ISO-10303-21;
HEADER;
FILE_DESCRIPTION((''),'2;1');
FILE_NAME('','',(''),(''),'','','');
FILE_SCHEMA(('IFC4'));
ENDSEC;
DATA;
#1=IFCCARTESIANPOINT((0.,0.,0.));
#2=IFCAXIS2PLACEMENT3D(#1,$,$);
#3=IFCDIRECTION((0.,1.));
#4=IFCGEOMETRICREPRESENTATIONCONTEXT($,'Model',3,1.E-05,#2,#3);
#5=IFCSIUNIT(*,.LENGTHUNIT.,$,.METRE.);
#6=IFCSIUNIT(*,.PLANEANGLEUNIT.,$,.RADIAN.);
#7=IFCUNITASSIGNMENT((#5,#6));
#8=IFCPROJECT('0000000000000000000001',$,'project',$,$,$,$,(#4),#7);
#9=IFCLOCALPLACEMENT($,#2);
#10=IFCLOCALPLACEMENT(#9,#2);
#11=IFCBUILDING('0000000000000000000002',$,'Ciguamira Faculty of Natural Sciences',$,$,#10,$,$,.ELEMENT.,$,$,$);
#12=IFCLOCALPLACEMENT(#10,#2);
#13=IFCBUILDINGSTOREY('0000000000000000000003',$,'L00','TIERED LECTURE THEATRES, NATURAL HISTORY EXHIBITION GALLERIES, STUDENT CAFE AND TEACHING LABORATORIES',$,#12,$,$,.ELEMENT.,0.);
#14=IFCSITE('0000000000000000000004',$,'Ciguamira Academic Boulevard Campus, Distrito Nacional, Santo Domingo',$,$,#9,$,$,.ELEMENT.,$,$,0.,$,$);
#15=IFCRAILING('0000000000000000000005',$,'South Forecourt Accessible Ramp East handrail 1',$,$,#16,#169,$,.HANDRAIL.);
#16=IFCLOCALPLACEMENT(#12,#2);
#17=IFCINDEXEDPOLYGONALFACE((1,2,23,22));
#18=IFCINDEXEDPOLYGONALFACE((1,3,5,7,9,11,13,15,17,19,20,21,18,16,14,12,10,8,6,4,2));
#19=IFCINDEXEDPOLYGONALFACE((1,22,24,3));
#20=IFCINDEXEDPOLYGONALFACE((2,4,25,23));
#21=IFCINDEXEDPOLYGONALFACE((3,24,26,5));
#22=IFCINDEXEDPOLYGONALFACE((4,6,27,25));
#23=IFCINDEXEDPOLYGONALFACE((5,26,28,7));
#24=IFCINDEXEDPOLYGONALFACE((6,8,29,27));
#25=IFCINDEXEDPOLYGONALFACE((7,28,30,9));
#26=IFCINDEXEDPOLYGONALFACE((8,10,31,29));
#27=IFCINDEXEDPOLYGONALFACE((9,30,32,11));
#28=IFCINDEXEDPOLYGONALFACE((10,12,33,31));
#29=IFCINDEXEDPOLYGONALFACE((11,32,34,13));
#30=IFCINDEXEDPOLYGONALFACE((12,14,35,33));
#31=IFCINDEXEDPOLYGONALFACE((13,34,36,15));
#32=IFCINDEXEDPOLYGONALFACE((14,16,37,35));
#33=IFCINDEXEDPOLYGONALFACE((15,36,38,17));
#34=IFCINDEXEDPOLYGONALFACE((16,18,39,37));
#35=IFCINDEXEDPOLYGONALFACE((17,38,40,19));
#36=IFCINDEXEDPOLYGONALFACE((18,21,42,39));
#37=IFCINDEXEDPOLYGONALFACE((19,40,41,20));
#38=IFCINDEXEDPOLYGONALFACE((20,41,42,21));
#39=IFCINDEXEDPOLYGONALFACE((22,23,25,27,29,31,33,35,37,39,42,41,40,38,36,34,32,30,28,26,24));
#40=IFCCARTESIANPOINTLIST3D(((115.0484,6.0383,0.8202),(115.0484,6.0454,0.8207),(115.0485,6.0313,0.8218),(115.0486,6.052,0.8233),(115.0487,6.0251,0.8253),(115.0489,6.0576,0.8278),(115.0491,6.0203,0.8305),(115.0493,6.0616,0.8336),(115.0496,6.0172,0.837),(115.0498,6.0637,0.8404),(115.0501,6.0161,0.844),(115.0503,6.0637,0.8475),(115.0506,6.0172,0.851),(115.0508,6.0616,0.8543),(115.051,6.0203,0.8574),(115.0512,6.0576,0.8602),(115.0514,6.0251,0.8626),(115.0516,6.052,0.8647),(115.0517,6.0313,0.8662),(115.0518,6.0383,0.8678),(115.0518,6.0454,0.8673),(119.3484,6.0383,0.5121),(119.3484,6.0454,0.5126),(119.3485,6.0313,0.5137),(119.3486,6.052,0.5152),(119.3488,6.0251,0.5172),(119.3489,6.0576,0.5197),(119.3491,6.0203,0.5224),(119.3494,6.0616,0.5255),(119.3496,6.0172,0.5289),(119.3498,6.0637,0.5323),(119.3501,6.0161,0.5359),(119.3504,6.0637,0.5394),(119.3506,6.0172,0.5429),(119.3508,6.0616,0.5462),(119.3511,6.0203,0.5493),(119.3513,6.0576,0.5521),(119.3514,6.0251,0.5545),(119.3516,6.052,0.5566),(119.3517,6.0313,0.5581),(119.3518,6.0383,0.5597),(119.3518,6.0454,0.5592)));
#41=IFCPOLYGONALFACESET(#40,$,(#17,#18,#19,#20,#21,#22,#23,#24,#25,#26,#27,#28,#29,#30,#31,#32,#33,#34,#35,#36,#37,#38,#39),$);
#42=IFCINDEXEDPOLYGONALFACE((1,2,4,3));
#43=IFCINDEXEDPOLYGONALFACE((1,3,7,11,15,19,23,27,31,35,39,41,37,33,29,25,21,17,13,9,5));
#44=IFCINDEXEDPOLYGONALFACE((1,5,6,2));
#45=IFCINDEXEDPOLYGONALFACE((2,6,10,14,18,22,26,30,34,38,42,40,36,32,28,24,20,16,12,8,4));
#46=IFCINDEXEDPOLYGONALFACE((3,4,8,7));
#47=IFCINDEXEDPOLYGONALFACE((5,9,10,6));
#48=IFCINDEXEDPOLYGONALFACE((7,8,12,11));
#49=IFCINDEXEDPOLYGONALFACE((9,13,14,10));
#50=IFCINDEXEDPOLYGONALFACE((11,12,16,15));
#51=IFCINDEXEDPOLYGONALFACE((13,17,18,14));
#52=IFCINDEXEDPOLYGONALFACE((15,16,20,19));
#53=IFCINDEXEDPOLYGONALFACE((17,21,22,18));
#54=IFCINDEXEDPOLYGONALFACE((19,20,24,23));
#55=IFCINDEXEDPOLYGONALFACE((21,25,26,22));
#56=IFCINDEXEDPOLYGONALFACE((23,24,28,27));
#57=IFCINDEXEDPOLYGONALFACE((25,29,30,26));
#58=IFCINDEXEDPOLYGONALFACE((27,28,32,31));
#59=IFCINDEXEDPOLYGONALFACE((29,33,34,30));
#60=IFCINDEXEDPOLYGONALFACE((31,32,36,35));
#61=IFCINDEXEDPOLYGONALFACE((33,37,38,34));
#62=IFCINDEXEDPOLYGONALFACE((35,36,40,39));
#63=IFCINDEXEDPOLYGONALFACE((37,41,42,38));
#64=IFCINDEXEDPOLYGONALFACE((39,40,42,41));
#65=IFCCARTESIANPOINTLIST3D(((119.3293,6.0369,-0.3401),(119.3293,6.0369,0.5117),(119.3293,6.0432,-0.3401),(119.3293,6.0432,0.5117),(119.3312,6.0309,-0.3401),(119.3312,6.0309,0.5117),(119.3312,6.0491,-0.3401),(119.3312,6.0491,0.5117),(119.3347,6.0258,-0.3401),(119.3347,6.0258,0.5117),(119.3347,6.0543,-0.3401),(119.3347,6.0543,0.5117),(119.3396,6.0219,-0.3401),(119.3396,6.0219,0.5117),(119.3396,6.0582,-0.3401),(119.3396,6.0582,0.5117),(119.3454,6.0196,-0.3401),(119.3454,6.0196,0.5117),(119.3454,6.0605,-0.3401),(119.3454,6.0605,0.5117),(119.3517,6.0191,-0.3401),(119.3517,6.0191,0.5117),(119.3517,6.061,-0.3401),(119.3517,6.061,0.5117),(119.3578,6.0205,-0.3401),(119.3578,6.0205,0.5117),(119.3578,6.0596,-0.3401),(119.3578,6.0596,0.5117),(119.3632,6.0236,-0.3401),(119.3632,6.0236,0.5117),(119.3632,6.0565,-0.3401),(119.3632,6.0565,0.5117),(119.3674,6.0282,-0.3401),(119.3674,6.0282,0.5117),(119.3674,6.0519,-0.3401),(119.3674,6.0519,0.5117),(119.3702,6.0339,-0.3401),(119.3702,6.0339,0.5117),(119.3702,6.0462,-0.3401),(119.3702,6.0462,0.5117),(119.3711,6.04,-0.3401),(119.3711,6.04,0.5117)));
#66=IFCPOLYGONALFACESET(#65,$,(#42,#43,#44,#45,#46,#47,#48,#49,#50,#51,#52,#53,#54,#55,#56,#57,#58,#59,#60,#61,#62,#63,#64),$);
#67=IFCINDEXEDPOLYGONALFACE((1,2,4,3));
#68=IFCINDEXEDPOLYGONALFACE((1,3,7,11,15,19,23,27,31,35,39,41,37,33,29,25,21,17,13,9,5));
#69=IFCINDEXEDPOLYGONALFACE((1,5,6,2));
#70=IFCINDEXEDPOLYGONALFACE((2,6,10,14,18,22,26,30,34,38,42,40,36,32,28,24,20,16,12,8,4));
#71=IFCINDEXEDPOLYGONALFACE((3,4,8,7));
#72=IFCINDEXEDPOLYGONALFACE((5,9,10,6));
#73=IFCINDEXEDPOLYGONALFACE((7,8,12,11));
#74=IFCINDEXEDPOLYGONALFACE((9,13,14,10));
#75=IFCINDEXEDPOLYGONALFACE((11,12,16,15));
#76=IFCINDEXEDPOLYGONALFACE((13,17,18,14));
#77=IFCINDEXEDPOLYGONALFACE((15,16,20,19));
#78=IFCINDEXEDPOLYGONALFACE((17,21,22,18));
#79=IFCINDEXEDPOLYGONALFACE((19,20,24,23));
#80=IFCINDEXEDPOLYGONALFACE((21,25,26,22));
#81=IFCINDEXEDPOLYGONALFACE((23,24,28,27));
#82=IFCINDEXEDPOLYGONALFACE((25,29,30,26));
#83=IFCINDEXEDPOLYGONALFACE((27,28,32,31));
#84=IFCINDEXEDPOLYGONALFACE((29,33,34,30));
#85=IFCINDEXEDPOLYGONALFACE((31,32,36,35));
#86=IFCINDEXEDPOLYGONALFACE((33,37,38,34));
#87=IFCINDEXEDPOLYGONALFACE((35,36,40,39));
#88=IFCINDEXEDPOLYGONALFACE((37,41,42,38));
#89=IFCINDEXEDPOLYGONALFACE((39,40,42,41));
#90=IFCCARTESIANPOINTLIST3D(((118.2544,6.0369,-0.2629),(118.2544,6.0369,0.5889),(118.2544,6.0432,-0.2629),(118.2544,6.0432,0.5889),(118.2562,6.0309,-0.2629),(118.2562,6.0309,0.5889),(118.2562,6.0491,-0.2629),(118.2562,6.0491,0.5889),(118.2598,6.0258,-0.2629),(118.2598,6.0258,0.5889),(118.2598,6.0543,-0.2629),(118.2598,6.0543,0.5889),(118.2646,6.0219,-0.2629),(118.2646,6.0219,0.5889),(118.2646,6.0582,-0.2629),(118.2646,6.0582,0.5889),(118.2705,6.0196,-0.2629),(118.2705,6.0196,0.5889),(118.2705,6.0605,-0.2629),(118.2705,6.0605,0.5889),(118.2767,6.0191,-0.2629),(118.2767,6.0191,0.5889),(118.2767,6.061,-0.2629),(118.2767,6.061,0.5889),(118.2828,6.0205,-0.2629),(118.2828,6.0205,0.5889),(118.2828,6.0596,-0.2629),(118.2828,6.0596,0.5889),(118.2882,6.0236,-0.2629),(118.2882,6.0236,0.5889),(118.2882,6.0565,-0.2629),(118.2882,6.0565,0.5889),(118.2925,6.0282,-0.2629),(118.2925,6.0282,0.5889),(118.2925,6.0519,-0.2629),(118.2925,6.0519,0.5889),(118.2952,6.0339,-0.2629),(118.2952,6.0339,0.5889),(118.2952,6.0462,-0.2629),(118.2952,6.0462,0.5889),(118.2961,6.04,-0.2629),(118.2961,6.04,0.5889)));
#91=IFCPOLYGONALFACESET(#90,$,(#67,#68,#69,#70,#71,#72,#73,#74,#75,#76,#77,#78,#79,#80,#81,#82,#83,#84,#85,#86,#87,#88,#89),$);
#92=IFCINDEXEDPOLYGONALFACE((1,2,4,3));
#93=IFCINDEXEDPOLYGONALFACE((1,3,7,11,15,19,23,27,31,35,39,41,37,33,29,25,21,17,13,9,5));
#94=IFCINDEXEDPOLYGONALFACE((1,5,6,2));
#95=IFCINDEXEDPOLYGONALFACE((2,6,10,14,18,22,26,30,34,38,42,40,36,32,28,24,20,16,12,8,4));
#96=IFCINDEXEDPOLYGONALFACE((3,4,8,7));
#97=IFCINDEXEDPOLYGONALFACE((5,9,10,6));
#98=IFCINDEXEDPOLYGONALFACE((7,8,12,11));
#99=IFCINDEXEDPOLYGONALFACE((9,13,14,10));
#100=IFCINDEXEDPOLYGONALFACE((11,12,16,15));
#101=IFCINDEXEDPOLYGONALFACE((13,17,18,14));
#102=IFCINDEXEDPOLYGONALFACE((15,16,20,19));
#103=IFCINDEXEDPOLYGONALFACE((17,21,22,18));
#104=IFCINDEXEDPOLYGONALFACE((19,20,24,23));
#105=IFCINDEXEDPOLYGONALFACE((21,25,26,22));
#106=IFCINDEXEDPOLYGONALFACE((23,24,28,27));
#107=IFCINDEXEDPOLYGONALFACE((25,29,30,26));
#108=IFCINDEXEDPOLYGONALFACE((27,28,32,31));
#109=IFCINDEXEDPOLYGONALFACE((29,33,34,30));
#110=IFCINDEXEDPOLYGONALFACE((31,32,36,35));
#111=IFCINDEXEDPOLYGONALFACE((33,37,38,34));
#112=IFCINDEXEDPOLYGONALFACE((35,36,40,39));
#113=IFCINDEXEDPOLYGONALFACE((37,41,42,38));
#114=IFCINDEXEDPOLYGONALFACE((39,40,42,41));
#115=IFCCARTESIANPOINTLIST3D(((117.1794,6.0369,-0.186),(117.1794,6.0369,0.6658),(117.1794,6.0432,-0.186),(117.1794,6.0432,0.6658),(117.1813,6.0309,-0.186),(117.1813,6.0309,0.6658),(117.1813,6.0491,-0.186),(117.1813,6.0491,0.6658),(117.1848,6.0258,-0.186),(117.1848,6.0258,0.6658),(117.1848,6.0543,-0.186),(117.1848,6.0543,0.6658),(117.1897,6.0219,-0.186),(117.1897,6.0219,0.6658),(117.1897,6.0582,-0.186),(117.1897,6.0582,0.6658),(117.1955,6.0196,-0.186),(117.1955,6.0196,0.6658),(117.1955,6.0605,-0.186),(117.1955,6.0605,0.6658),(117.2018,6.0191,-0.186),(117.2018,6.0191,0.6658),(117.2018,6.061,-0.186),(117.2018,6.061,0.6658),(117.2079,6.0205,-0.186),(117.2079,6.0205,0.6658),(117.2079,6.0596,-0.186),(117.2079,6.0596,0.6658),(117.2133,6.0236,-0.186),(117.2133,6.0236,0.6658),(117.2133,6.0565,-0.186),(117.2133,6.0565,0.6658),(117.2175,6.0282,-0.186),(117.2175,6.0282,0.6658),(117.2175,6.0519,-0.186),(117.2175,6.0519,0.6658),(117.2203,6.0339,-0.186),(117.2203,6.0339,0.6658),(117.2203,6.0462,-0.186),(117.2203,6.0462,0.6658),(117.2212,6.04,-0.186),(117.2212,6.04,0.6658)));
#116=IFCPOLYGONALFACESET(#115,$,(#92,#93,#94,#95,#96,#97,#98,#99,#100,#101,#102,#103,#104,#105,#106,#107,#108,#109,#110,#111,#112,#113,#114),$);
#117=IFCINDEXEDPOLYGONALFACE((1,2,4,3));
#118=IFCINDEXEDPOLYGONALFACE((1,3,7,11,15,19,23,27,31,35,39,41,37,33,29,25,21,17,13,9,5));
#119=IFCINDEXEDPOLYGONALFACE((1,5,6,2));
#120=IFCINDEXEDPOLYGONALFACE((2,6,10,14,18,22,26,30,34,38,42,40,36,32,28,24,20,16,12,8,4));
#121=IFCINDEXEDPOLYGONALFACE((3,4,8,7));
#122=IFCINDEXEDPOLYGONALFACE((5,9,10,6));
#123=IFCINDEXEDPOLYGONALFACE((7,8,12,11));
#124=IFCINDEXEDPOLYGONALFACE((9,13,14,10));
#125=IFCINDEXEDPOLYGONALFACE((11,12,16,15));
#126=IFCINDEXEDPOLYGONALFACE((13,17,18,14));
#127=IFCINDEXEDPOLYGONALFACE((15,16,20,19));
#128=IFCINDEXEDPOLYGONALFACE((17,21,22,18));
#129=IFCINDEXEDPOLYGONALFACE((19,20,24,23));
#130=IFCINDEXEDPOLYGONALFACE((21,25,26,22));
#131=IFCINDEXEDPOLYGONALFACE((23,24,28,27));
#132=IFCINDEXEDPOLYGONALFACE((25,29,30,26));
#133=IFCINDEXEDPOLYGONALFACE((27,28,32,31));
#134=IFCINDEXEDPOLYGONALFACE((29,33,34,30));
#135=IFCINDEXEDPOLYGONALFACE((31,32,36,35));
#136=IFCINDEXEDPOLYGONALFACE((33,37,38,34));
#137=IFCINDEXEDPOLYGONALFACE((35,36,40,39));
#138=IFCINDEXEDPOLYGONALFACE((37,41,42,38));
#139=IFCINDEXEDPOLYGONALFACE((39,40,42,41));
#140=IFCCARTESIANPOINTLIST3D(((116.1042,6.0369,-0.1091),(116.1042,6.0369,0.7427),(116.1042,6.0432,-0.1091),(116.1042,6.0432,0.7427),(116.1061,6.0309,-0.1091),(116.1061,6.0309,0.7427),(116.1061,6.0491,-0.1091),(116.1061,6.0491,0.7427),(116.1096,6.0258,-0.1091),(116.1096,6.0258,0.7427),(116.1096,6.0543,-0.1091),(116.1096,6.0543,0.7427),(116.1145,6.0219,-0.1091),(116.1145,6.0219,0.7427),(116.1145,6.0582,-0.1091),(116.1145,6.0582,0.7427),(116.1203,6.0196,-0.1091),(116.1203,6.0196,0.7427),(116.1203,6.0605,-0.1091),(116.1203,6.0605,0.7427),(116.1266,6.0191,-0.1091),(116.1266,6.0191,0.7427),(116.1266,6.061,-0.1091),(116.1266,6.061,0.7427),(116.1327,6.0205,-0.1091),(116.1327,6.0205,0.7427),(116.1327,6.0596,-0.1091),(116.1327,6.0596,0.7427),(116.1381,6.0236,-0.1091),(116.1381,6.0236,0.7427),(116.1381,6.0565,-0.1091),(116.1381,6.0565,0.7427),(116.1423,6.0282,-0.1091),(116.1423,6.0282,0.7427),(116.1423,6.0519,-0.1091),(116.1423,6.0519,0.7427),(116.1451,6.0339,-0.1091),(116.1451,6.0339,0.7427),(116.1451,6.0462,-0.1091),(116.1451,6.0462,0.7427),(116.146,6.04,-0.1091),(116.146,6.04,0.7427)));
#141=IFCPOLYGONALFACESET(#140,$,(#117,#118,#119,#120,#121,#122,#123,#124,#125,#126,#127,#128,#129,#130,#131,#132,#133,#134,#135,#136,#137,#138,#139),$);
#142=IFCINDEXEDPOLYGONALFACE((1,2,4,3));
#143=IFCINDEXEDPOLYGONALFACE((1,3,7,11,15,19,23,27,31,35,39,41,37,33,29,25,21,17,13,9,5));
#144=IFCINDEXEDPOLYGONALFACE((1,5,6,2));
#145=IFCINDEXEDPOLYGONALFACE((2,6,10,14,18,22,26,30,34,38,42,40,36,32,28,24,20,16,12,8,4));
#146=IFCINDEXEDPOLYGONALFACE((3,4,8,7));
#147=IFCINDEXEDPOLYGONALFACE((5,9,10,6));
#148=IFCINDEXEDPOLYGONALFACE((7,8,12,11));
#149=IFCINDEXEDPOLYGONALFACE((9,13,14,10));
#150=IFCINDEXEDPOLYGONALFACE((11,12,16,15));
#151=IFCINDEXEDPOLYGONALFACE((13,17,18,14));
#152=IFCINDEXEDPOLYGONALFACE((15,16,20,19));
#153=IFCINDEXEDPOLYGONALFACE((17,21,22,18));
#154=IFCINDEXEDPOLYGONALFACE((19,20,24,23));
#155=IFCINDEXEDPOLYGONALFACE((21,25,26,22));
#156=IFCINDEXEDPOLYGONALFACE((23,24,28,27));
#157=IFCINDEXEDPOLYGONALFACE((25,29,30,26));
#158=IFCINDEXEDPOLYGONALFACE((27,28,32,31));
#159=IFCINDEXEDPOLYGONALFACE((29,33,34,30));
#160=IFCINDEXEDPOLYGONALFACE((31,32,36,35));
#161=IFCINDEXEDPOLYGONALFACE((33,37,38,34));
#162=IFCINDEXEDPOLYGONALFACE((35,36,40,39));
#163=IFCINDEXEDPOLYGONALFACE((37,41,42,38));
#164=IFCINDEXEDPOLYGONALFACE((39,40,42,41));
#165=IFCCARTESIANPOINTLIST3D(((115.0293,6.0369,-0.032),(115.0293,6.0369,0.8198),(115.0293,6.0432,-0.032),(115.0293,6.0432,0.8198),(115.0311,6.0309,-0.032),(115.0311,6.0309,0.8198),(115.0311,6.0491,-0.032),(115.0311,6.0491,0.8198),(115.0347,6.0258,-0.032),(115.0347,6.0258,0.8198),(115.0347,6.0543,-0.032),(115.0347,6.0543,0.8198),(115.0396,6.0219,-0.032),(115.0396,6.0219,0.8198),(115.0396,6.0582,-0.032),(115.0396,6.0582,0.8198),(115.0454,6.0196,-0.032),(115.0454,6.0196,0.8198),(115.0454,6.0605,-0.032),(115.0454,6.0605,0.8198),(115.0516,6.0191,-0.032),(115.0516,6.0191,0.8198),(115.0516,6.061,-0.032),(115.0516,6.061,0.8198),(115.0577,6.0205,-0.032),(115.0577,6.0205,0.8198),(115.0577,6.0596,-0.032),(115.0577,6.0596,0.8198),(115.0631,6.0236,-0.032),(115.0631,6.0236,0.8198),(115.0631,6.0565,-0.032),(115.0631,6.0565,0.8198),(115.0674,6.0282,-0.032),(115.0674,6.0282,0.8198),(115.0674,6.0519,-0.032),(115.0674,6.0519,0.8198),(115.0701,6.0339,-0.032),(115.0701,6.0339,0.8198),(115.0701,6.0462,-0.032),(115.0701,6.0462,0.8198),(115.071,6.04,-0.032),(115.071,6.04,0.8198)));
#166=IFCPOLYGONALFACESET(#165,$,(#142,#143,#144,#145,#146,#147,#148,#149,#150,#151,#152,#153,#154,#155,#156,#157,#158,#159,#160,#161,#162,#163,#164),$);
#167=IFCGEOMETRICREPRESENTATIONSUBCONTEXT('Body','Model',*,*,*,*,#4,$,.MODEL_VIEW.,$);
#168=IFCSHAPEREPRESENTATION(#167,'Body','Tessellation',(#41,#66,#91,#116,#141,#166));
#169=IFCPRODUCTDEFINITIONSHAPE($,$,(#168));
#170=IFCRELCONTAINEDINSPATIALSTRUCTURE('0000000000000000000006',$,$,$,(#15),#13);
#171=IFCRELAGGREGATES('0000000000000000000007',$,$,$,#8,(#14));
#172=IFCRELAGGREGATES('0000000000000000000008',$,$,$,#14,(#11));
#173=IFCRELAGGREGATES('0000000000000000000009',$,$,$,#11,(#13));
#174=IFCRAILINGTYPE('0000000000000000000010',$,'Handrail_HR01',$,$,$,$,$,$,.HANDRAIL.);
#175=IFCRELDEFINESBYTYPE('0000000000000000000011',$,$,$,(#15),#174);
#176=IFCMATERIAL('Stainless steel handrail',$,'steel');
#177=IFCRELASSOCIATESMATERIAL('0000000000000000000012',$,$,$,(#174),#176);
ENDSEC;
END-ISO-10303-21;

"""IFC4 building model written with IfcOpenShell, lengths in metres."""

from ifc_helpers import new_model, si_unit, direction, frame, origin, origin_2d, place, context, subcontext, project, spatial, circle, extrude, material, type_object, element, save


model = new_model("IFC4")

# Units and contexts
model_context = context("Model", 3, precision=1e-05, world=origin(), true_north=direction((0.0, 1.0)))
body_context = subcontext(model_context, "Body", "Model", "MODEL_VIEW")
ifc_project = project(units=[si_unit("LENGTHUNIT", "METRE"), si_unit("PLANEANGLEUNIT", "RADIAN")], contexts=[model_context])

# Site, building, storey
site_placement = place(None, origin())
site = spatial("IfcSite", under=ifc_project, at=site_placement, Name="Ciguamira Academic Boulevard Campus, Distrito Nacional, Santo Domingo", CompositionType="ELEMENT", RefElevation=0.0)
building_placement = place(site_placement, origin())
building = spatial("IfcBuilding", under=site, at=building_placement, Name="Ciguamira Faculty of Natural Sciences", CompositionType="ELEMENT")
storey_placement = place(building_placement, origin())
storey = spatial("IfcBuildingStorey", under=building, at=storey_placement, Name="L00", Description="TIERED LECTURE THEATRES, NATURAL HISTORY EXHIBITION GALLERIES, STUDENT CAFE AND TEACHING LABORATORIES", CompositionType="ELEMENT", Elevation=0.0)

# Railing
ifc_material_1 = material(Name="Stainless steel handrail", Category="steel")
railing_type_1 = type_object("IfcRailingType", Name="Handrail_HR01", PredefinedType="HANDRAIL", material=ifc_material_1)
for number, where, name in (
    (1, (119.3501, 6.04, -0.3401), "South Forecourt Accessible Ramp East handrail 1"),
):
    element("IfcRailing", number, at=place(storey_placement, frame(where)), inside=storey, type_object=railing_type_1, Name=name, PredefinedType="HANDRAIL", context=body_context, shape_type="SweptSolid", body=[
        extrude(circle(Radius=0.0239, at=origin_2d()), frame((0.0, 0.0, 0.876), z_axis=(-0.997443, 0.0, 0.071468), x_axis=(0.0, -1.0, 0.0)), (0.0, 0.0, 1.0), 4.311),
        extrude(circle(Radius=0.021, at=origin_2d()), origin(), (0.0, 0.0, 1.0), 0.8518),
        extrude(circle(Radius=0.021, at=origin_2d()), frame((-1.075, 0.0, 0.0771)), (0.0, 0.0, 1.0), 0.8518),
        extrude(circle(Radius=0.021, at=origin_2d()), frame((-2.1499, 0.0, 0.1541)), (0.0, 0.0, 1.0), 0.8518),
        extrude(circle(Radius=0.021, at=origin_2d()), frame((-3.2251, 0.0, 0.231)), (0.0, 0.0, 1.0), 0.8518),
        extrude(circle(Radius=0.021, at=origin_2d()), frame((-4.3, 0.0, 0.3081)), (0.0, 0.0, 1.0), 0.8518),
    ])

save(model, "model.ifc")
